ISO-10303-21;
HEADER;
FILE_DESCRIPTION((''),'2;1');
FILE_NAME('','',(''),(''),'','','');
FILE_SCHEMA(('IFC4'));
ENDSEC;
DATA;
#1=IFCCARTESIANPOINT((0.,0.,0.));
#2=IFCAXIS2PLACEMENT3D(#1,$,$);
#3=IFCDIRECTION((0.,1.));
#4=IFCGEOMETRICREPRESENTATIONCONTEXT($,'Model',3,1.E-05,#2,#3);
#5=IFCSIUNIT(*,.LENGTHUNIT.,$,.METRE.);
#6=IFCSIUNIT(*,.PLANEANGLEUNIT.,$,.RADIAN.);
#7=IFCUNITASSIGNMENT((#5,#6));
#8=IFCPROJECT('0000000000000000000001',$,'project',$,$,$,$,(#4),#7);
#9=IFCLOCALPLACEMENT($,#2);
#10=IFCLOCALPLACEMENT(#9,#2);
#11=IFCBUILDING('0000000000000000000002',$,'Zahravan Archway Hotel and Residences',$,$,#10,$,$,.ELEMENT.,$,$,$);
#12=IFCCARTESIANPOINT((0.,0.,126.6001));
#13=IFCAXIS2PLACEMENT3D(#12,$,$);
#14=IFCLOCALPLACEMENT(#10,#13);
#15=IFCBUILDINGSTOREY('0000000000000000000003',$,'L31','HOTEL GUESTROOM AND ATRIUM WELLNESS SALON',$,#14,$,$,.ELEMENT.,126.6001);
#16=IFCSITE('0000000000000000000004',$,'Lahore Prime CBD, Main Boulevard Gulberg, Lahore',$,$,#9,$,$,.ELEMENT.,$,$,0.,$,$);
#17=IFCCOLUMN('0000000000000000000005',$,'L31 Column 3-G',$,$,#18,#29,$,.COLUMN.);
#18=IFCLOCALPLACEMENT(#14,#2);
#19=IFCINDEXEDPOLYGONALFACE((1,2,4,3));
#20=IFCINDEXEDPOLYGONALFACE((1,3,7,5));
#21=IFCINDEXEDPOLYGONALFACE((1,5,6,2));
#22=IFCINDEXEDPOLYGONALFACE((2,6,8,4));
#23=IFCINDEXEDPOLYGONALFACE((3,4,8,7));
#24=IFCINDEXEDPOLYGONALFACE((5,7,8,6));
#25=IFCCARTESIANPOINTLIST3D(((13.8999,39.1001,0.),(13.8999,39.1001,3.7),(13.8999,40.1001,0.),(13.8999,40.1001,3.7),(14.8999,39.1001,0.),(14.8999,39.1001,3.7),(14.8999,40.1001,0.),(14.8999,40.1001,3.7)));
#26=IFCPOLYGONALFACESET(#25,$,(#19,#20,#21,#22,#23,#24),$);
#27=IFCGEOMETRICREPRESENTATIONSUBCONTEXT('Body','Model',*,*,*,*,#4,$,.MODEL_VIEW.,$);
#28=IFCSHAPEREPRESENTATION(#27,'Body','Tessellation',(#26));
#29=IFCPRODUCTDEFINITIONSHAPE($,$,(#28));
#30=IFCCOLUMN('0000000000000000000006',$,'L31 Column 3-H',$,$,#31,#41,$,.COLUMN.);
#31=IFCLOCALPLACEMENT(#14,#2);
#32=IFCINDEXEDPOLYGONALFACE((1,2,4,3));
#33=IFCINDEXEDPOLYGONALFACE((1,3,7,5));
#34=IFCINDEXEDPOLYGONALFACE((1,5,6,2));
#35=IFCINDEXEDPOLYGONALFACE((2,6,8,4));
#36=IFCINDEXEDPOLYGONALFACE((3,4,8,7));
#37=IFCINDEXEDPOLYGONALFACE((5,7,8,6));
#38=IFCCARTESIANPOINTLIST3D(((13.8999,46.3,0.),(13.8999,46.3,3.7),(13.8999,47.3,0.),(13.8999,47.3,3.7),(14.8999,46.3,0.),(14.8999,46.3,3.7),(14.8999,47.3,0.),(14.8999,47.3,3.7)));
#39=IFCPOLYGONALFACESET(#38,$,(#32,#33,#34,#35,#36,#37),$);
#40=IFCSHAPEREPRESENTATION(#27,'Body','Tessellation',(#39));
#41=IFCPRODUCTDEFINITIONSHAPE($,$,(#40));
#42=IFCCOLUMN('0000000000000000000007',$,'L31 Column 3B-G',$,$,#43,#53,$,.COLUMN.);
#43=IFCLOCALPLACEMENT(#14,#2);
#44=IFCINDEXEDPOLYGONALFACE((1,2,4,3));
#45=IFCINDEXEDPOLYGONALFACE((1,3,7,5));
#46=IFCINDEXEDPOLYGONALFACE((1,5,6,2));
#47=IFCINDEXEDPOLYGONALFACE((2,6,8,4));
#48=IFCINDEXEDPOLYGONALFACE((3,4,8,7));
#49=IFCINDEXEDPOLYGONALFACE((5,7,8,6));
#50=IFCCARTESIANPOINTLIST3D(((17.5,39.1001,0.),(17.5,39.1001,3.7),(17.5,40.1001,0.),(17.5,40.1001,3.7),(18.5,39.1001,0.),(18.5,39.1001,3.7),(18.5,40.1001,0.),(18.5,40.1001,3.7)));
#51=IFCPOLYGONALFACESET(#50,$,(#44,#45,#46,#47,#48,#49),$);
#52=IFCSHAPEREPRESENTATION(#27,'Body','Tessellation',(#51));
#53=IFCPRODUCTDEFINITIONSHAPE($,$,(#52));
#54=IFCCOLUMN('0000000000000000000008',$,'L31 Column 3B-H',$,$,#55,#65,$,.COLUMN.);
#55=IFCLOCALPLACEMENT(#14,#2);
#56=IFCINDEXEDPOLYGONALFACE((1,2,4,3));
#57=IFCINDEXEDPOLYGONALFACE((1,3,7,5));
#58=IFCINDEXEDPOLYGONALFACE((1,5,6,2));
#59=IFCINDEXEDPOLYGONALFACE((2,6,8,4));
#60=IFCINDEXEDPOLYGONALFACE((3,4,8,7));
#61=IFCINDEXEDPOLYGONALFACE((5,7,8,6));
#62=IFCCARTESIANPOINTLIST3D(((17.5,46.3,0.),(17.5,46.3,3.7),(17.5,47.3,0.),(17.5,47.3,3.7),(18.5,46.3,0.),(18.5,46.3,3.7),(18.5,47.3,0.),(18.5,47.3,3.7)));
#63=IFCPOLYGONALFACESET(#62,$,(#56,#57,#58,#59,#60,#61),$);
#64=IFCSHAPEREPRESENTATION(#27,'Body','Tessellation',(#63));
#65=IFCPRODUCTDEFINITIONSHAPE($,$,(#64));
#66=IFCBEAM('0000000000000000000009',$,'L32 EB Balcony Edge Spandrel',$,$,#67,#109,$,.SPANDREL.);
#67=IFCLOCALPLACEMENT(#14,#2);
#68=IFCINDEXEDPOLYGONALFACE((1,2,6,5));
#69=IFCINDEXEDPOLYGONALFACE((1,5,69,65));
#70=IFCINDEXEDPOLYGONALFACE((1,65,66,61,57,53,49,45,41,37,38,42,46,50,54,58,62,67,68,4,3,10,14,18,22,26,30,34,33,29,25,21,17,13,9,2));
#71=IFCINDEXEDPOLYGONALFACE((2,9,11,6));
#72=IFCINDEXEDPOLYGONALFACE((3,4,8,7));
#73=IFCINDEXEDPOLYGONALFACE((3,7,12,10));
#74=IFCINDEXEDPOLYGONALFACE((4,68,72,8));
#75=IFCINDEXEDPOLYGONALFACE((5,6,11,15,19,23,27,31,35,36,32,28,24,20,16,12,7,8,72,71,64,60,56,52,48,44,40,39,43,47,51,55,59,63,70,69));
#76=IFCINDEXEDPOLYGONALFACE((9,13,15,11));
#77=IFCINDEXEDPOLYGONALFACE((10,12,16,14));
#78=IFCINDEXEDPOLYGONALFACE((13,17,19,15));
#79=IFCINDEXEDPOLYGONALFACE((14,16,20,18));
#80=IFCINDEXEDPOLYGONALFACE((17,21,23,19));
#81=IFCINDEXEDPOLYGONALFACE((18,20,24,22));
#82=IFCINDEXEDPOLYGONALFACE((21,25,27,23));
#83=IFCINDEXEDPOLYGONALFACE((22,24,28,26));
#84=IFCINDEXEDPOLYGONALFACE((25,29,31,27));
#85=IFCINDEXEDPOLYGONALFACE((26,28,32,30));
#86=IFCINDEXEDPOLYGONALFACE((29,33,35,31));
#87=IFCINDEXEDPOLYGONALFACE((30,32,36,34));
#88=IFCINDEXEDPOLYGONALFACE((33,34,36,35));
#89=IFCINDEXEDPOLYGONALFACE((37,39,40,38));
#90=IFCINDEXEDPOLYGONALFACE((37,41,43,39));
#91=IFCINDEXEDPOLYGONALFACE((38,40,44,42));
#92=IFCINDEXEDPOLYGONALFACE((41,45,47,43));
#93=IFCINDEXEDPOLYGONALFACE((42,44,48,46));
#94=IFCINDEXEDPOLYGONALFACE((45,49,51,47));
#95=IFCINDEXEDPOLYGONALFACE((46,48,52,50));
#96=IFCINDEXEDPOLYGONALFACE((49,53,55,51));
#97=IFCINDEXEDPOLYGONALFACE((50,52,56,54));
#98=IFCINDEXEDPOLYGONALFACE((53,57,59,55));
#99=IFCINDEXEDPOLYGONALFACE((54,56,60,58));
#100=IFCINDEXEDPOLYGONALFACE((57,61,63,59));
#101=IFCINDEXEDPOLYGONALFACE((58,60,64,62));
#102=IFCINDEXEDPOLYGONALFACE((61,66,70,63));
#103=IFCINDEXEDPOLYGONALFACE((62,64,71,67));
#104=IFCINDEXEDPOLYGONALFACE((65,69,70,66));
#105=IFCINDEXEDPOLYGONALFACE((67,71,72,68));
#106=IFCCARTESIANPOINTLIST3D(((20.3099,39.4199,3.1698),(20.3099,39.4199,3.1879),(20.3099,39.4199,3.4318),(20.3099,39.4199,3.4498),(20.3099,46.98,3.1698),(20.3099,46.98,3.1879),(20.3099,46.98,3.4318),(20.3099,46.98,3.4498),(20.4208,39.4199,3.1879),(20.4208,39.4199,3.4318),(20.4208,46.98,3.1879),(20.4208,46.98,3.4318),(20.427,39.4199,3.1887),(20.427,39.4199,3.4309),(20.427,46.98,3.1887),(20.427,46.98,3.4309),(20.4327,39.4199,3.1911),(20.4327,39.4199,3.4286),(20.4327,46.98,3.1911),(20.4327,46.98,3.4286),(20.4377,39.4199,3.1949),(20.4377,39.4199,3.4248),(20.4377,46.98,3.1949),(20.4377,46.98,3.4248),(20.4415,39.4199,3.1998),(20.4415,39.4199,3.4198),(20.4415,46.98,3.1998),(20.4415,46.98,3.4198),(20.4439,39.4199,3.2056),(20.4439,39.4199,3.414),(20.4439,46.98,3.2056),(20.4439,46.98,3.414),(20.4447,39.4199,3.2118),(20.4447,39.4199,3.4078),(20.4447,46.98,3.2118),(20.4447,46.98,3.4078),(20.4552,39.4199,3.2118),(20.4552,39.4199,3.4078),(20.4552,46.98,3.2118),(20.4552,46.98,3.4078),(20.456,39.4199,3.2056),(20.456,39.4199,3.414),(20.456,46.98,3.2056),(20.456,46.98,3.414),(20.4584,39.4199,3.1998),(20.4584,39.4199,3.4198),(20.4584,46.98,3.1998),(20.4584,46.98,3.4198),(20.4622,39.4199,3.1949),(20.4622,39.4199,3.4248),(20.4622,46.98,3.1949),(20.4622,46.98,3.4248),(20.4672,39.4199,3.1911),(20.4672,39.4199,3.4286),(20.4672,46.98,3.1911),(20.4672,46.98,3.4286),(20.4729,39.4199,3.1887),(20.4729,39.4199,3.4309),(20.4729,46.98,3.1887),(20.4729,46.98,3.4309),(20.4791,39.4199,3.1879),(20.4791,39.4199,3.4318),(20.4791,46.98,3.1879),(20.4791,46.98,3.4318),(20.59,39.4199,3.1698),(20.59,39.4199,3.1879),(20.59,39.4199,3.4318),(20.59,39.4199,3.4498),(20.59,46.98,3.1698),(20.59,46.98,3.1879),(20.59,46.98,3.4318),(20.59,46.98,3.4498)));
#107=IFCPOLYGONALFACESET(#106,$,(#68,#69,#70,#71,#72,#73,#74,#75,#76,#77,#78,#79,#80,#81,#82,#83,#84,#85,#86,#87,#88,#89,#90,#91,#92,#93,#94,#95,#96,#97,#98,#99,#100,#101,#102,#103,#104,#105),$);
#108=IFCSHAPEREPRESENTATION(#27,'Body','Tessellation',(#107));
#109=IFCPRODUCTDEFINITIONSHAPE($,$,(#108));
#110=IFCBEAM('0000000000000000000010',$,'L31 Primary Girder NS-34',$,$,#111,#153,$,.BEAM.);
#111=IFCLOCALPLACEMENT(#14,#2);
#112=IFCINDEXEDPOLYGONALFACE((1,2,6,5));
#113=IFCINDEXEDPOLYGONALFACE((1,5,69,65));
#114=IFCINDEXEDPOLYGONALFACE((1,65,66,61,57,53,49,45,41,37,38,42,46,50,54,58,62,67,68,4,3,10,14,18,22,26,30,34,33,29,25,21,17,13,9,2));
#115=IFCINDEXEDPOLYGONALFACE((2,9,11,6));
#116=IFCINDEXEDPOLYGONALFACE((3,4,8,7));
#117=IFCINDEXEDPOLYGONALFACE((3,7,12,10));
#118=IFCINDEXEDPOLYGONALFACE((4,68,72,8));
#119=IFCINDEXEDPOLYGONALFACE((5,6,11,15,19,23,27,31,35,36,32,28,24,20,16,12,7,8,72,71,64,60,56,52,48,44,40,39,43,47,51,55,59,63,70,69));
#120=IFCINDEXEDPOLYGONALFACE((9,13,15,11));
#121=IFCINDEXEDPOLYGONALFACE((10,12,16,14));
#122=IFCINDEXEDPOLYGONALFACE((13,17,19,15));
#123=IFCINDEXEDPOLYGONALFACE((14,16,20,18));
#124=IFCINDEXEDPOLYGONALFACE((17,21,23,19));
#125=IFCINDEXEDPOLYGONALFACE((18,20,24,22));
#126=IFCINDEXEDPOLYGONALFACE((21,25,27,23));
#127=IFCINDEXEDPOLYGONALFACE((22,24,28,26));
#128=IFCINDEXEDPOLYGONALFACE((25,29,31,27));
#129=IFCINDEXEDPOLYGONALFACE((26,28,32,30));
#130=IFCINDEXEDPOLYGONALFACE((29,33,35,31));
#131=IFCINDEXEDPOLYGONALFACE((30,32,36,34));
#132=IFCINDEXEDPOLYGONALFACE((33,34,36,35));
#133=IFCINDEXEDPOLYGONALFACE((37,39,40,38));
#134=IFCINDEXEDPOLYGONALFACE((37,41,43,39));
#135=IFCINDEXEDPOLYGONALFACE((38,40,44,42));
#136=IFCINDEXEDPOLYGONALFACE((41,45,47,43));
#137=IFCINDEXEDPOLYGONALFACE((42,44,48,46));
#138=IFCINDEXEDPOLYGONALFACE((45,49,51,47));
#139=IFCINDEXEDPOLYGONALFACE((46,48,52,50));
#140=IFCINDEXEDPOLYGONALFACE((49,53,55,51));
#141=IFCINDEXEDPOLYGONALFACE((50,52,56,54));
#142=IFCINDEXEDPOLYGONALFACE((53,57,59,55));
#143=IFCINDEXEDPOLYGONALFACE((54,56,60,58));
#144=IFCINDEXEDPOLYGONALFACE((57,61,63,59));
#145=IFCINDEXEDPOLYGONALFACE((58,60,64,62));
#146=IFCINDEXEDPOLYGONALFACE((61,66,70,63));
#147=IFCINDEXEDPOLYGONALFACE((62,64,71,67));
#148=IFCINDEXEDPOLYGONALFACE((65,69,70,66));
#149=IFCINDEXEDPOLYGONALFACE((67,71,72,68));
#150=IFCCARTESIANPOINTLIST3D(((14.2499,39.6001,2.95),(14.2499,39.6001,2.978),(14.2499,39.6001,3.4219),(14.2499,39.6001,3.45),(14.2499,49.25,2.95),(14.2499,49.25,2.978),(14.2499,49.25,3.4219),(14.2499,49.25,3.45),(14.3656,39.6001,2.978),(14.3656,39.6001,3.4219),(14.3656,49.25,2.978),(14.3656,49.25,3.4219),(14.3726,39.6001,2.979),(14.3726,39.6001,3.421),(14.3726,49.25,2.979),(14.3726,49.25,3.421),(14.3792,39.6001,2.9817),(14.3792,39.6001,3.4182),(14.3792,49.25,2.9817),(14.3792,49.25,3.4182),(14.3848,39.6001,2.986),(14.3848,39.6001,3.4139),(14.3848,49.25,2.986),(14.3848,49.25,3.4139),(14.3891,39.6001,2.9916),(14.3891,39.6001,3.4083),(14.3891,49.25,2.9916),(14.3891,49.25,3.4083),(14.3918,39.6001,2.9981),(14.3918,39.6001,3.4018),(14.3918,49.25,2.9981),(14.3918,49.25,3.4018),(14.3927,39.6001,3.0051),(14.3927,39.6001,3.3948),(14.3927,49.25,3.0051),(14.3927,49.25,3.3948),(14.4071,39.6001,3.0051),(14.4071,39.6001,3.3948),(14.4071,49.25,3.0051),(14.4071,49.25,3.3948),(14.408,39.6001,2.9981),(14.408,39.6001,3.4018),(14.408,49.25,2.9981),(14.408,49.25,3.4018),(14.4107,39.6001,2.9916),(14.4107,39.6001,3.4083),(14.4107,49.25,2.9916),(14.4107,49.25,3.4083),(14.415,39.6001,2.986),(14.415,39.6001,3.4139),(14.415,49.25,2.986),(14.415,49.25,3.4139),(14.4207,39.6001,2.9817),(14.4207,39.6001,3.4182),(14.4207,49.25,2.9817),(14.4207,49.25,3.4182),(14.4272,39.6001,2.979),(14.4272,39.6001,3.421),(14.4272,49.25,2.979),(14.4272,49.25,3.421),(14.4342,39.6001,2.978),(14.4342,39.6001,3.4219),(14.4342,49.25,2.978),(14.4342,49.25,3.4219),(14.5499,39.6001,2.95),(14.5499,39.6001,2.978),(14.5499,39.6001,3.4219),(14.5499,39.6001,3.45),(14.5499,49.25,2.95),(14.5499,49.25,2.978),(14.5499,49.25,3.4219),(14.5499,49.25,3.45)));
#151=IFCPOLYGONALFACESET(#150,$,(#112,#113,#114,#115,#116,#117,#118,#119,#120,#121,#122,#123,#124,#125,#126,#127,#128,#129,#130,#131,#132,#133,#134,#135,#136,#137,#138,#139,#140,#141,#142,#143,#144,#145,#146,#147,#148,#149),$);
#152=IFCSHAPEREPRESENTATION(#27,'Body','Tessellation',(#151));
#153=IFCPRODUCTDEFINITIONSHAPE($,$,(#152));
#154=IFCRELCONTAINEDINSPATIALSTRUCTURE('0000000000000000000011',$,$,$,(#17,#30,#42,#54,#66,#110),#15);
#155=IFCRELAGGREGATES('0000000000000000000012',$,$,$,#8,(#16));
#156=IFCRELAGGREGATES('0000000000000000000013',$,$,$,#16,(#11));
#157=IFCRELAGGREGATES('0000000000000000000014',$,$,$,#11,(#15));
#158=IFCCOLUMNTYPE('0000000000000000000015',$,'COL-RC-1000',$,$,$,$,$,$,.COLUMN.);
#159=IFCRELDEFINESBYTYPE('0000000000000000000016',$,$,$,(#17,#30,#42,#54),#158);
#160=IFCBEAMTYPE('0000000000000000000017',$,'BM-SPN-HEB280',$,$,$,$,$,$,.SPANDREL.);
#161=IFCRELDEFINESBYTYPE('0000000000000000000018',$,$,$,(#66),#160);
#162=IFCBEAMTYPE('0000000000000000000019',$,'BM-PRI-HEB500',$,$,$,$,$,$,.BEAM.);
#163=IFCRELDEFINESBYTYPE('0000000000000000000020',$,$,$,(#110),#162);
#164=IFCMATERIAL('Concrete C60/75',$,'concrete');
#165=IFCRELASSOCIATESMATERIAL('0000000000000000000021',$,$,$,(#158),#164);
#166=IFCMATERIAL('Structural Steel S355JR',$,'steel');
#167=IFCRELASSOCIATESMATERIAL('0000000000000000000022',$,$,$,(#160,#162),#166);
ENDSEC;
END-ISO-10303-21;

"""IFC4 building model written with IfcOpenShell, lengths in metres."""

from ifc_helpers import new_model, si_unit, direction, frame, origin, origin_2d, place, context, subcontext, project, spatial, rectangle, i_section, extrude, source, transform, mapped, material, material_profile, profile_set, type_object, type_shapes, element, save


model = new_model("IFC4")

# Units and contexts
model_context = context("Model", 3, precision=1e-05, world=origin(), true_north=direction((0.0, 1.0)))
body_context = subcontext(model_context, "Body", "Model", "MODEL_VIEW")
ifc_project = project(units=[si_unit("LENGTHUNIT", "METRE"), si_unit("PLANEANGLEUNIT", "RADIAN")], contexts=[model_context])

# Site, building, storey
site_placement = place(None, origin())
site = spatial("IfcSite", under=ifc_project, at=site_placement, Name="Lahore Prime CBD, Main Boulevard Gulberg, Lahore", CompositionType="ELEMENT", RefElevation=0.0)
building_placement = place(site_placement, origin())
building = spatial("IfcBuilding", under=site, at=building_placement, Name="Zahravan Archway Hotel and Residences", CompositionType="ELEMENT")
storey_placement = place(building_placement, frame((0.0, 0.0, 126.6001)))
storey = spatial("IfcBuildingStorey", under=building, at=storey_placement, Name="L31", Description="HOTEL GUESTROOM AND ATRIUM WELLNESS SALON", CompositionType="ELEMENT", Elevation=126.6001)

# Columns
ifc_material_1 = material(Name="Concrete C60/75", Category="concrete")
ifc_material_profile_1 = material_profile(ifc_material_1, rectangle(XDim=1.0, YDim=1.0, at=origin_2d()), Name="RC-COL-1000x1000", Category="concrete")
ifc_profile_set_1 = profile_set([ifc_material_profile_1], Name="Concrete C60/75")
column_type = type_object("IfcColumnType", Name="COL-RC-1000", PredefinedType="COLUMN", material=ifc_profile_set_1)
shared_shape_1 = source(origin(), body_context, "Body", "SweptSolid", [
    extrude(rectangle(XDim=1.0, YDim=1.0, at=origin_2d()), origin(), (0.0, 0.0, 1.0), 3.7),
])
type_shapes(column_type, [shared_shape_1])
for number, where, z_axis, x_axis, name in (
    (1, (14.3999, 39.6001, 0.0), (0.0, 0.0, 1.0), (1.0, 0.0, 0.0), "L31 Column 3-G"),
    (2, (14.3999, 46.8, 0.0), (0.0, 0.0, 1.0), (1.0, 0.0, 0.0), "L31 Column 3-H"),
    (3, (18.0, 39.6001, 0.0), (0.0, 0.0, 1.0), (1.0, 0.0, 0.0), "L31 Column 3B-G"),
    (4, (18.0, 46.8, 0.0), (0.0, 0.0, 1.0), (1.0, 0.0, 0.0), "L31 Column 3B-H"),
):
    element("IfcColumn", number, at=place(storey_placement, frame(where, z_axis=z_axis, x_axis=x_axis)), inside=storey, type_object=column_type, Name=name, PredefinedType="COLUMN", context=body_context, shape_type="MappedRepresentation", body=[
        mapped(shared_shape_1, transform((0.0, 0.0, 0.0), scale=1.0)),
    ])

# Beams
ifc_material_2 = material(Name="Structural Steel S355JR", Category="steel")
ifc_material_profile_2 = material_profile(ifc_material_2, i_section(OverallWidth=0.28, OverallDepth=0.28, WebThickness=0.0105, FlangeThickness=0.0181, FilletRadius=0.0239, at=origin_2d()), Name="HEB 280", Category="steel")
ifc_profile_set_2 = profile_set([ifc_material_profile_2], Name="Structural Steel S355JR")
beam_type_1 = type_object("IfcBeamType", Name="BM-SPN-HEB280", PredefinedType="SPANDREL", material=ifc_profile_set_2)
shared_shape_2 = source(origin(), body_context, "Body", "SweptSolid", [
    extrude(i_section(OverallWidth=0.28, OverallDepth=0.28, WebThickness=0.0105, FlangeThickness=0.0181, FilletRadius=0.0239, at=origin_2d()), origin(), (0.0, 0.0, 1.0), 7.5601),
])
type_shapes(beam_type_1, [shared_shape_2])
beam_1_placement = place(storey_placement, frame((20.45, 39.4199, 3.3098), z_axis=(0.0, 1.0, 0.0), x_axis=(-1.0, 0.0, 0.0)))
element("IfcBeam", 5, at=beam_1_placement, inside=storey, type_object=beam_type_1, Name="L32 EB Balcony Edge Spandrel", PredefinedType="SPANDREL", context=body_context, shape_type="MappedRepresentation", body=[
    mapped(shared_shape_2, transform((0.0, 0.0, 0.0), scale=1.0)),
])
ifc_material_profile_3 = material_profile(ifc_material_2, i_section(OverallWidth=0.3, OverallDepth=0.5, WebThickness=0.0144, FlangeThickness=0.0281, FilletRadius=0.0271, at=origin_2d()), Name="HEB 500", Category="steel")
ifc_profile_set_3 = profile_set([ifc_material_profile_3], Name="Structural Steel S355JR")
beam_type_2 = type_object("IfcBeamType", Name="BM-PRI-HEB500", PredefinedType="BEAM", material=ifc_profile_set_3)
shared_shape_3 = source(origin(), body_context, "Body", "SweptSolid", [
    extrude(i_section(OverallWidth=0.3, OverallDepth=0.5, WebThickness=0.0144, FlangeThickness=0.0281, FilletRadius=0.0271, at=origin_2d()), origin(), (0.0, 0.0, 1.0), 9.6499),
])
beam_2_placement = place(storey_placement, frame((14.3999, 39.6001, 3.2), z_axis=(0.0, 1.0, 0.0), x_axis=(-1.0, 0.0, 0.0)))
element("IfcBeam", 6, at=beam_2_placement, inside=storey, type_object=beam_type_2, Name="L31 Primary Girder NS-34", PredefinedType="BEAM", context=body_context, shape_type="MappedRepresentation", body=[
    mapped(shared_shape_3, transform((0.0, 0.0, 0.0), scale=1.0)),
])

save(model, "model.ifc")
